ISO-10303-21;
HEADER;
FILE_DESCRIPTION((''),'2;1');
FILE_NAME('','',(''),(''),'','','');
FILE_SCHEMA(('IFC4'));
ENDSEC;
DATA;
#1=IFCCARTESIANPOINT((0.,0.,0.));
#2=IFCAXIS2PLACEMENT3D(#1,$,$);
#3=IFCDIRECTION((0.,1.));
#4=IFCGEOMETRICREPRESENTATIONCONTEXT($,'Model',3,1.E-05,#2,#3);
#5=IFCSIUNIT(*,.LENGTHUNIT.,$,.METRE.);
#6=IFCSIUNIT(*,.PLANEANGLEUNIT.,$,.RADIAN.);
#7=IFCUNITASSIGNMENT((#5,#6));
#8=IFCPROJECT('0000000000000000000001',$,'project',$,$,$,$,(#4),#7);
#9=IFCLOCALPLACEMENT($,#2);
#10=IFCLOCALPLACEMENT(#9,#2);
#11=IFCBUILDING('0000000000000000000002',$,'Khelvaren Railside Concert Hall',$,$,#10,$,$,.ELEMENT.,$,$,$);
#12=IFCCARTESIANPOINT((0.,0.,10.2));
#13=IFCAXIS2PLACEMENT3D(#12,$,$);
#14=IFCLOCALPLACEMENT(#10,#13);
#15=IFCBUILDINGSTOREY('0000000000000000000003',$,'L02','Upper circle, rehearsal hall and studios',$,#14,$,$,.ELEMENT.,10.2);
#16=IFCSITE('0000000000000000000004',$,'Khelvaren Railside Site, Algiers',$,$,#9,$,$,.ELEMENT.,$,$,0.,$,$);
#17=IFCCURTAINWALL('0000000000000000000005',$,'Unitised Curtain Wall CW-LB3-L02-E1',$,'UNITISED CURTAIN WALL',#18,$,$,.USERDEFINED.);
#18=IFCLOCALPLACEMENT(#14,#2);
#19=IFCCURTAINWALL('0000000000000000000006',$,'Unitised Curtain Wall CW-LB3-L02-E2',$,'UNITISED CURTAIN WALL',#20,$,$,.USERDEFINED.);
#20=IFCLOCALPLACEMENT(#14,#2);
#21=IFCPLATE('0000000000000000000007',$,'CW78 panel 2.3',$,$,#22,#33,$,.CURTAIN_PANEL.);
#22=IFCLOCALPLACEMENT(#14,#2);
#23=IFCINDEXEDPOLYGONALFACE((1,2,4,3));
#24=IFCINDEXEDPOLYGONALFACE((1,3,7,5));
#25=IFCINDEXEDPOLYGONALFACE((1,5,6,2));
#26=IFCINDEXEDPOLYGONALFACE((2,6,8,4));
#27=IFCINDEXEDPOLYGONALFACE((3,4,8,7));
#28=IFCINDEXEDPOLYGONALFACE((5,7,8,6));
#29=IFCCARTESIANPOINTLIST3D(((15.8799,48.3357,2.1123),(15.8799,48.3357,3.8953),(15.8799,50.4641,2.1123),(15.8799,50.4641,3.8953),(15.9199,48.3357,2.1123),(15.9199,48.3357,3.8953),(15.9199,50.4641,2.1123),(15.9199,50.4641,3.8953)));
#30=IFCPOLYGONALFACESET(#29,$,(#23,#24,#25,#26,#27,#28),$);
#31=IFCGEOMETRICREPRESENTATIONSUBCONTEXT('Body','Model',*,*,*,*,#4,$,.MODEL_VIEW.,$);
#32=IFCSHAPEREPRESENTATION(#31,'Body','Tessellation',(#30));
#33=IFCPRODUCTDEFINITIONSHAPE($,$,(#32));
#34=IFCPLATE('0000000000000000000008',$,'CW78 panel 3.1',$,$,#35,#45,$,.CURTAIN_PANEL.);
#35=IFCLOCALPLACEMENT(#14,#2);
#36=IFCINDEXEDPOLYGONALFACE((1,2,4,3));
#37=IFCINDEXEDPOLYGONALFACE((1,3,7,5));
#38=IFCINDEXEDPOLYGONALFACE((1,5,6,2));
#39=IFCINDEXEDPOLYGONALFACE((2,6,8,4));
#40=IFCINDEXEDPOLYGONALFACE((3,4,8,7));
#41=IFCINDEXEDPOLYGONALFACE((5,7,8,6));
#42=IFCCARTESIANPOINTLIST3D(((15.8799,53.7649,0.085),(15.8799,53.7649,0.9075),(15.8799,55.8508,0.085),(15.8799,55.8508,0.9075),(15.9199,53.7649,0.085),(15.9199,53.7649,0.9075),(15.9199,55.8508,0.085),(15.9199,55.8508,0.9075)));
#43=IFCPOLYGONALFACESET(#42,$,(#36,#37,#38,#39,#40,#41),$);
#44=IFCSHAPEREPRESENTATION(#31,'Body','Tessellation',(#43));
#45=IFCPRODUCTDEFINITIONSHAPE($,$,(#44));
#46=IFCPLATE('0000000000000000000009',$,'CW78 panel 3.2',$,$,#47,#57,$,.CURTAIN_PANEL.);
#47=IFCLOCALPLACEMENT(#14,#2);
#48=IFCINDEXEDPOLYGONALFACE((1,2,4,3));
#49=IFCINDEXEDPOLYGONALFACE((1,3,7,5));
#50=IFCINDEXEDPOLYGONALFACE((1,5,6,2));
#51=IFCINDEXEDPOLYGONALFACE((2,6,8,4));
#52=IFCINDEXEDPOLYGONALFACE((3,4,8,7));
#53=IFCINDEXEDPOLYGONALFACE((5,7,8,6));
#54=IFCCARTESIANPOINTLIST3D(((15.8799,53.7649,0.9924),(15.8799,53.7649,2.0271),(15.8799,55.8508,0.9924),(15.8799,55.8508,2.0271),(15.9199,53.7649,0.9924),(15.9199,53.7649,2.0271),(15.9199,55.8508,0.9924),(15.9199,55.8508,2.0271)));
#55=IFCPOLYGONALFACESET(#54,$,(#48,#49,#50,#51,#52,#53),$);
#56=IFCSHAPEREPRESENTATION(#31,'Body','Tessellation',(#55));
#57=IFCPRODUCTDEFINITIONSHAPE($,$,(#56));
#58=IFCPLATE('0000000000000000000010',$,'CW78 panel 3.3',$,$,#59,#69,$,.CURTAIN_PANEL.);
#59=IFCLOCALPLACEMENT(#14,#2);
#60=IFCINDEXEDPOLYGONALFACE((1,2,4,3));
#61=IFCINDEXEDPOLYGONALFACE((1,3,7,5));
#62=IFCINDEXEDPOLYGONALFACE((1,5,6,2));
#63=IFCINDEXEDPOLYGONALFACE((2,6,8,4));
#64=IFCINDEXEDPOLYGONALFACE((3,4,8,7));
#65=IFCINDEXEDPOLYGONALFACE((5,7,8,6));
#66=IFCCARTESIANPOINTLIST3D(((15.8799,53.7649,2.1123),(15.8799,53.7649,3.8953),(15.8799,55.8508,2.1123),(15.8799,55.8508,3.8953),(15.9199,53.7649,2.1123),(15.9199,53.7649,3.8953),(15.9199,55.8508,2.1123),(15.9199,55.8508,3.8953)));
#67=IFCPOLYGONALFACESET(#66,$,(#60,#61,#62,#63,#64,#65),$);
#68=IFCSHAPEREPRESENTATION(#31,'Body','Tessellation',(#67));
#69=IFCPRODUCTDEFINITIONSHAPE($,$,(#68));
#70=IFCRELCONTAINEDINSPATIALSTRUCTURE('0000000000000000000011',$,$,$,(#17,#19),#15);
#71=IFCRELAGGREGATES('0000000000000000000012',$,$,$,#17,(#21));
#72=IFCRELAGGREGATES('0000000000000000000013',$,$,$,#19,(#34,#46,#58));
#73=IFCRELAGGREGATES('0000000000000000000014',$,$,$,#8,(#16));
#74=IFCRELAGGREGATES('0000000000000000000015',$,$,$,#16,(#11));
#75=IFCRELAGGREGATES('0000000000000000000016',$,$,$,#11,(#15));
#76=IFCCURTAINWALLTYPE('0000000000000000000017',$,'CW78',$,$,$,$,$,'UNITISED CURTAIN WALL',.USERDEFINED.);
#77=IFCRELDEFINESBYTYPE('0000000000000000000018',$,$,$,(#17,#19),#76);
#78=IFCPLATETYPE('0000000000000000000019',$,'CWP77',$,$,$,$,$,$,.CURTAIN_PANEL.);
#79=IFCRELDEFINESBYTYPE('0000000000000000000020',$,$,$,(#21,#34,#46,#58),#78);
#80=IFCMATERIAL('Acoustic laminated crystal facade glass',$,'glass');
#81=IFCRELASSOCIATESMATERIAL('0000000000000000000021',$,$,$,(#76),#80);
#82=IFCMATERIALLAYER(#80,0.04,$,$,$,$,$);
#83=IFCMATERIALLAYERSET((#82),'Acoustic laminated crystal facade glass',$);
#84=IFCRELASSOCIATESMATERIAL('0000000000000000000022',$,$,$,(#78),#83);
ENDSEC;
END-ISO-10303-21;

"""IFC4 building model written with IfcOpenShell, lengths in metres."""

from ifc_helpers import new_model, si_unit, direction, frame, origin, origin_2d, place, context, subcontext, project, spatial, rectangle, extrude, material, layer, layer_set, type_object, element, aggregate, save


model = new_model("IFC4")

# Units and contexts
model_context = context("Model", 3, precision=1e-05, world=origin(), true_north=direction((0.0, 1.0)))
body_context = subcontext(model_context, "Body", "Model", "MODEL_VIEW")
ifc_project = project(units=[si_unit("LENGTHUNIT", "METRE"), si_unit("PLANEANGLEUNIT", "RADIAN")], contexts=[model_context])

# Site, building, storey
site_placement = place(None, origin())
site = spatial("IfcSite", under=ifc_project, at=site_placement, Name="Khelvaren Railside Site, Algiers", CompositionType="ELEMENT", RefElevation=0.0)
building_placement = place(site_placement, origin())
building = spatial("IfcBuilding", under=site, at=building_placement, Name="Khelvaren Railside Concert Hall", CompositionType="ELEMENT")
storey_placement = place(building_placement, frame((0.0, 0.0, 10.2)))
storey = spatial("IfcBuildingStorey", under=building, at=storey_placement, Name="L02", Description="Upper circle, rehearsal hall and studios", CompositionType="ELEMENT", Elevation=10.2)

# Curtain wall
ifc_material_1 = material(Name="Acoustic laminated crystal facade glass", Category="glass")
curtain_wall_type = type_object("IfcCurtainWallType", Name="CW78", ElementType="UNITISED CURTAIN WALL", PredefinedType="USERDEFINED", material=ifc_material_1)
curtain_wall_1_placement = place(storey_placement, origin())
curtain_wall_1 = element("IfcCurtainWall", 1, at=curtain_wall_1_placement, inside=storey, type_object=curtain_wall_type, Name="Unitised Curtain Wall CW-LB3-L02-E1", ObjectType="UNITISED CURTAIN WALL", PredefinedType="USERDEFINED")

# Curtain wall
curtain_wall_2_placement = place(storey_placement, origin())
curtain_wall_2 = element("IfcCurtainWall", 2, at=curtain_wall_2_placement, inside=storey, type_object=curtain_wall_type, Name="Unitised Curtain Wall CW-LB3-L02-E2", ObjectType="UNITISED CURTAIN WALL", PredefinedType="USERDEFINED")

# Plates
ifc_layer = layer(ifc_material_1, 0.04)
ifc_layer_set = layer_set([ifc_layer], Name="Acoustic laminated crystal facade glass")
plate_type = type_object("IfcPlateType", Name="CWP77", PredefinedType="CURTAIN_PANEL", material=ifc_layer_set)
plate_1_placement = place(storey_placement, frame((15.8999, 49.3999, 2.1123), z_axis=(0.0, 0.0, 1.0), x_axis=(0.0, -1.0, 0.0)))
plate_1 = element("IfcPlate", 3, at=plate_1_placement, type_object=plate_type, Name="CW78 panel 2.3", PredefinedType="CURTAIN_PANEL", context=body_context, shape_type="SweptSolid", body=[
    extrude(rectangle(XDim=2.1284, YDim=0.04, at=origin_2d()), origin(), (0.0, 0.0, 1.0), 1.783),
])
aggregate(curtain_wall_1, [plate_1])
plate_2_placement = place(storey_placement, frame((15.8999, 54.8079, 0.085), z_axis=(0.0, 0.0, 1.0), x_axis=(0.0, -1.0, 0.0)))
plate_2 = element("IfcPlate", 4, at=plate_2_placement, type_object=plate_type, Name="CW78 panel 3.1", PredefinedType="CURTAIN_PANEL", context=body_context, shape_type="SweptSolid", body=[
    extrude(rectangle(XDim=2.0859, YDim=0.04, at=origin_2d()), origin(), (0.0, 0.0, 1.0), 0.8225),
])
plate_3_placement = place(storey_placement, frame((15.8999, 54.8079, 0.9924), z_axis=(0.0, 0.0, 1.0), x_axis=(0.0, -1.0, 0.0)))
plate_3 = element("IfcPlate", 5, at=plate_3_placement, type_object=plate_type, Name="CW78 panel 3.2", PredefinedType="CURTAIN_PANEL", context=body_context, shape_type="SweptSolid", body=[
    extrude(rectangle(XDim=2.0859, YDim=0.04, at=origin_2d()), origin(), (0.0, 0.0, 1.0), 1.0347),
])
plate_4_placement = place(storey_placement, frame((15.8999, 54.8079, 2.1123), z_axis=(0.0, 0.0, 1.0), x_axis=(0.0, -1.0, 0.0)))
plate_4 = element("IfcPlate", 6, at=plate_4_placement, type_object=plate_type, Name="CW78 panel 3.3", PredefinedType="CURTAIN_PANEL", context=body_context, shape_type="SweptSolid", body=[
    extrude(rectangle(XDim=2.0859, YDim=0.04, at=origin_2d()), origin(), (0.0, 0.0, 1.0), 1.783),
])
aggregate(curtain_wall_2, [plate_2, plate_3, plate_4])

save(model, "model.ifc")
